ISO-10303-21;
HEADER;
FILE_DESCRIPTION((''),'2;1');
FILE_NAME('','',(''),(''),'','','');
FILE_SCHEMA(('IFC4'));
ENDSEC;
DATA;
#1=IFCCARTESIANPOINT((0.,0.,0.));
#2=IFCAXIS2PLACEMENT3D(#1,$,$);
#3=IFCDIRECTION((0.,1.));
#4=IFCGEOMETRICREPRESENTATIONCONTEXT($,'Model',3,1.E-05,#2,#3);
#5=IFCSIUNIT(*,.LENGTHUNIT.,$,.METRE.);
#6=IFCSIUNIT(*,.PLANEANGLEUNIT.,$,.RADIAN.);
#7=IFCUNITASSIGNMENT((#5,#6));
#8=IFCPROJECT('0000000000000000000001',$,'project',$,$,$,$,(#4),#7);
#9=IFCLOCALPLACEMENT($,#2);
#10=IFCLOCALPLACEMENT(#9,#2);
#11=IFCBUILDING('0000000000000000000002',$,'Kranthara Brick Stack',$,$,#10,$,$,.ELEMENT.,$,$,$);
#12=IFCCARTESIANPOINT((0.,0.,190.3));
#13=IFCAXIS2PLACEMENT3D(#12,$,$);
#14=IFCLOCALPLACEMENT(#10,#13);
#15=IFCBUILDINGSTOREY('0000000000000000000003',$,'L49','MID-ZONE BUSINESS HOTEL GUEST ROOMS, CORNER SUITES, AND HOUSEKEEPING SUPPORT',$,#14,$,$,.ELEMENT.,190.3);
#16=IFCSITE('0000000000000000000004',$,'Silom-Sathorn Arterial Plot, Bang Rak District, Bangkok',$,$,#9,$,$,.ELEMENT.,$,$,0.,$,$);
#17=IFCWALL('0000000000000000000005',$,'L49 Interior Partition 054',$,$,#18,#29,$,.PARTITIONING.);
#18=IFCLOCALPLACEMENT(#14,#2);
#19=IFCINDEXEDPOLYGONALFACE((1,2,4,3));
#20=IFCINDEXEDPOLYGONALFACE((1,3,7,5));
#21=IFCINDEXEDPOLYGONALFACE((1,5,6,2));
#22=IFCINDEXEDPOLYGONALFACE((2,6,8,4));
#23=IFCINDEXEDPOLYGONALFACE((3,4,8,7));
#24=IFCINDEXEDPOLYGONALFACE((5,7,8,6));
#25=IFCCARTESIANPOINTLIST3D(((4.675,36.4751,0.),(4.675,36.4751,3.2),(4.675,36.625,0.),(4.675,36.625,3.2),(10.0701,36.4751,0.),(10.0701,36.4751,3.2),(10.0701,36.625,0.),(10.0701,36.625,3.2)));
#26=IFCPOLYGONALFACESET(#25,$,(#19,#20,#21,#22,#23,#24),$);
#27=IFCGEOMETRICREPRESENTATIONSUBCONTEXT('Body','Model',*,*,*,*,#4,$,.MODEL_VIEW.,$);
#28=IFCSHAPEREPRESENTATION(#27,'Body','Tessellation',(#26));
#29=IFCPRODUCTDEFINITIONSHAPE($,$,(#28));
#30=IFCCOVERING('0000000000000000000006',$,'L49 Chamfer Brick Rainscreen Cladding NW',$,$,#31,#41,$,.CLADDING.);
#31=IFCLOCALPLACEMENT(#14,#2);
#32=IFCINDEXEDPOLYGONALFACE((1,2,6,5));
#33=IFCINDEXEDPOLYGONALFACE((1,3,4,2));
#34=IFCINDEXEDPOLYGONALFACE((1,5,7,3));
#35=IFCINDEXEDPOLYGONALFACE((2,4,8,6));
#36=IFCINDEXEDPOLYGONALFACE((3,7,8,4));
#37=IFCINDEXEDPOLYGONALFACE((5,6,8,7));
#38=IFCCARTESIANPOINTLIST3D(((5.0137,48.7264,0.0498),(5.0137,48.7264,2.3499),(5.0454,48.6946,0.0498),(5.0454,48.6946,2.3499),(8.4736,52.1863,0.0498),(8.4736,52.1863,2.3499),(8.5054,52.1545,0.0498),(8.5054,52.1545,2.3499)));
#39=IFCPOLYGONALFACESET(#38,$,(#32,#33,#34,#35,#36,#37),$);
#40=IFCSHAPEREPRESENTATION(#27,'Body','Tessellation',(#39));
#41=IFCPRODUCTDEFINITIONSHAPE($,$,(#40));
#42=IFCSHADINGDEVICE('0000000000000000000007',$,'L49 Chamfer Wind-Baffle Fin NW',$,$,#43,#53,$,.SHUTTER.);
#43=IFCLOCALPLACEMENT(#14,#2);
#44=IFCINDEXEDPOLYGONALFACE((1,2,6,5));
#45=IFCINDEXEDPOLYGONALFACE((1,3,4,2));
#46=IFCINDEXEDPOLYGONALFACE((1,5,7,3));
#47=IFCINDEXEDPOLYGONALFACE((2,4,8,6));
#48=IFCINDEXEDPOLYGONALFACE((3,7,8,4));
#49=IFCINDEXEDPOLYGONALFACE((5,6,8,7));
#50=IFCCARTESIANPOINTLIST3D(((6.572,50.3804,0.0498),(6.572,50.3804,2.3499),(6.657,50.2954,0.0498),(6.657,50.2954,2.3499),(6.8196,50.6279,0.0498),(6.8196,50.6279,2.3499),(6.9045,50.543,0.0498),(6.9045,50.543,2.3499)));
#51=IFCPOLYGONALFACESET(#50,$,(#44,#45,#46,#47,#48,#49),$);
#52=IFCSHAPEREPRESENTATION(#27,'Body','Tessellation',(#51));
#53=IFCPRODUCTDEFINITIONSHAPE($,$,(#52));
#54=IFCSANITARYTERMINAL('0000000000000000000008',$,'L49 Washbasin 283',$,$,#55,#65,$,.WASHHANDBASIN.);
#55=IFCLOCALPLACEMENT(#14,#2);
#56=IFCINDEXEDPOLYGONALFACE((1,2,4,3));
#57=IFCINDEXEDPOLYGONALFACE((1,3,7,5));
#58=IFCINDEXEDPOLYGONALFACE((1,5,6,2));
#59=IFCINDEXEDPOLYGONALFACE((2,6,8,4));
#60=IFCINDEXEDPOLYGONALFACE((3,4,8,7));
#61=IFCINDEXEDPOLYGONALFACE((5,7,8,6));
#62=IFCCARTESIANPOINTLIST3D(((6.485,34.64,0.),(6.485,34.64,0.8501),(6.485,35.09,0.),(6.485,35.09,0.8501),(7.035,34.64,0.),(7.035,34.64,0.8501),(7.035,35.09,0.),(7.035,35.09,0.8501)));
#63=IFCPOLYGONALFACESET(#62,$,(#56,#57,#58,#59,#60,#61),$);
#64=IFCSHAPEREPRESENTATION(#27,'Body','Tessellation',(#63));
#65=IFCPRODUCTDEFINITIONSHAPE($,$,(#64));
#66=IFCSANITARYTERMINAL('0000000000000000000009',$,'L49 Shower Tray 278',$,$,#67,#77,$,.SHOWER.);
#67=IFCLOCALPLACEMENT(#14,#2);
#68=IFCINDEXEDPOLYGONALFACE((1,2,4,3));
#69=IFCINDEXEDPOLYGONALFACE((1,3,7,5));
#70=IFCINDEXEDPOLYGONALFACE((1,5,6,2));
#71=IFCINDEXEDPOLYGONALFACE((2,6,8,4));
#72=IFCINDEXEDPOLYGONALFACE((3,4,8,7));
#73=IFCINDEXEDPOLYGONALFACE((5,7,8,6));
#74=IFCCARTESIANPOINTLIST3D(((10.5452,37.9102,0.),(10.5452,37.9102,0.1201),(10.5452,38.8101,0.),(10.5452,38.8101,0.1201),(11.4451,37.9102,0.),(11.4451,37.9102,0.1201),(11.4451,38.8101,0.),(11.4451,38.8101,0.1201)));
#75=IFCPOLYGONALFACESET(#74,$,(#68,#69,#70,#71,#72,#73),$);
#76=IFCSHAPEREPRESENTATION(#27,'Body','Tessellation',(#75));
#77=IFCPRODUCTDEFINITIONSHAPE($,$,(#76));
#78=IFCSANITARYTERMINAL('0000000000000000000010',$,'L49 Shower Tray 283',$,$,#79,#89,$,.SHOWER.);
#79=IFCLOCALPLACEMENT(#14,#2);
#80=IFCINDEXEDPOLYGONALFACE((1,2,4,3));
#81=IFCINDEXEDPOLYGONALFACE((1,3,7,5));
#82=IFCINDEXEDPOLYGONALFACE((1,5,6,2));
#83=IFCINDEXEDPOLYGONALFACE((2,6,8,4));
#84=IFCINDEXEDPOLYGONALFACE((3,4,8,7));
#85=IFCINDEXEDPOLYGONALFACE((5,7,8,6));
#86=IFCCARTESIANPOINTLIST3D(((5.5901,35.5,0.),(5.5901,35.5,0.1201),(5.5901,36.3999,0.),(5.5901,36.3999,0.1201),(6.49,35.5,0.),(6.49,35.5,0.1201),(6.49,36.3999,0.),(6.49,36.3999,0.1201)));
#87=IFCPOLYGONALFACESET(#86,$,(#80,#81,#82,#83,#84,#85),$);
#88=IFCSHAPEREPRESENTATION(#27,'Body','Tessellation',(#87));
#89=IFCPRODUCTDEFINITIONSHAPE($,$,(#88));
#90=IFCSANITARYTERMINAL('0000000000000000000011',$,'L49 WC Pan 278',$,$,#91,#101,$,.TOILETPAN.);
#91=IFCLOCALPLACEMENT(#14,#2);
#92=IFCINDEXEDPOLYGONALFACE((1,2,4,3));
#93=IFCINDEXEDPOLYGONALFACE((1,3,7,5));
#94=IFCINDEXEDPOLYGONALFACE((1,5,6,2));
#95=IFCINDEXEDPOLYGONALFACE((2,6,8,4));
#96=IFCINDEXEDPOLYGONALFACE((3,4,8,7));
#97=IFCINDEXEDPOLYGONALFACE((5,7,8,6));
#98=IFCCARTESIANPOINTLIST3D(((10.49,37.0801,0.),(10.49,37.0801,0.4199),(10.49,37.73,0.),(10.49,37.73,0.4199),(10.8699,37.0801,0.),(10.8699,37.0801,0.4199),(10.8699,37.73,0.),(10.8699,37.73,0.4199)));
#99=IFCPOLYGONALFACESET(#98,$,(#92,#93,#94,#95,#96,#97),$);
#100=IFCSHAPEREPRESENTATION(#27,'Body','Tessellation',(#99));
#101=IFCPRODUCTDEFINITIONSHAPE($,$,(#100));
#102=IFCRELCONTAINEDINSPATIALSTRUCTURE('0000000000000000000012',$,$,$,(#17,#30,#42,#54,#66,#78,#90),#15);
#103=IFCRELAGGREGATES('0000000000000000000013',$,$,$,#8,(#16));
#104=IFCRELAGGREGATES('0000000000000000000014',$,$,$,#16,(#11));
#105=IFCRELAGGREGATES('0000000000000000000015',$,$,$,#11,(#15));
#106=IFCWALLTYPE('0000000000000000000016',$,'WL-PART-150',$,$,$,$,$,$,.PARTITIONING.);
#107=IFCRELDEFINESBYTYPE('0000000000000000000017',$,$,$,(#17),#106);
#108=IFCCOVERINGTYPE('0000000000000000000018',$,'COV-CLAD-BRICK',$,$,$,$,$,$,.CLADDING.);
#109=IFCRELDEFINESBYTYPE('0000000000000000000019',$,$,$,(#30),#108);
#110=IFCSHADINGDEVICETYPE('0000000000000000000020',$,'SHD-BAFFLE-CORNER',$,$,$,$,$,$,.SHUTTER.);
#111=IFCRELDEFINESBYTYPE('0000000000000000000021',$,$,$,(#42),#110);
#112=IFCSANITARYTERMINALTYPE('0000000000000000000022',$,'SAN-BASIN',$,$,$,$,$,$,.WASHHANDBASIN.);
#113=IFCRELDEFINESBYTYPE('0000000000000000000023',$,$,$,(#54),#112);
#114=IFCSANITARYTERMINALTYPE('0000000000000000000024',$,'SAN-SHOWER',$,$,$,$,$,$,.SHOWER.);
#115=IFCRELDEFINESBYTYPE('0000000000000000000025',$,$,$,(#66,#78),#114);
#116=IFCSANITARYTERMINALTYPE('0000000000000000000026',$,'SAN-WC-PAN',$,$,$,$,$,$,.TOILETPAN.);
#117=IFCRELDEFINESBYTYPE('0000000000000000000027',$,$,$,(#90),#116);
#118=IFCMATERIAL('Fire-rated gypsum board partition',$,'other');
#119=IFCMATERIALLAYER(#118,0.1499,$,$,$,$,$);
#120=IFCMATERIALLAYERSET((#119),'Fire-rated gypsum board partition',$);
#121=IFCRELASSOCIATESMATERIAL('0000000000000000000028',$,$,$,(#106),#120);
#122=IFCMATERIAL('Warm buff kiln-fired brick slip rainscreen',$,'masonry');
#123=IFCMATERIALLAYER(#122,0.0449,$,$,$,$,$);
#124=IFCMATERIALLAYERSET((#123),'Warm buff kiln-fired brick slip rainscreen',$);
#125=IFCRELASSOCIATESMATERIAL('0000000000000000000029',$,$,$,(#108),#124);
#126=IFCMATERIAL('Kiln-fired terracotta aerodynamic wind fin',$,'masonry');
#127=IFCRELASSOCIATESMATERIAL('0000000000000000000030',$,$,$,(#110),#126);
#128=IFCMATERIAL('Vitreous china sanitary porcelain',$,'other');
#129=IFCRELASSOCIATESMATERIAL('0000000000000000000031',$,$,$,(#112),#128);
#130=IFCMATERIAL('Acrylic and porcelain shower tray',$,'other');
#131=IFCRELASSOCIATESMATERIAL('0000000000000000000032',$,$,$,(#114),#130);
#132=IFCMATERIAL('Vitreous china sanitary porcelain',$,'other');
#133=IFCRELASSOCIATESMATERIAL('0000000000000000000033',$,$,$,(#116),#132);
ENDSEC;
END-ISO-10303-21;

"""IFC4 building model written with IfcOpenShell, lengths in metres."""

from ifc_helpers import new_model, si_unit, direction, frame, frame_2d, origin, origin_2d, place, context, subcontext, project, spatial, rectangle, extrude, material, layer, layer_set, type_object, element, save


model = new_model("IFC4")

# Units and contexts
model_context = context("Model", 3, precision=1e-05, world=origin(), true_north=direction((0.0, 1.0)))
body_context = subcontext(model_context, "Body", "Model", "MODEL_VIEW")
ifc_project = project(units=[si_unit("LENGTHUNIT", "METRE"), si_unit("PLANEANGLEUNIT", "RADIAN")], contexts=[model_context])

# Site, building, storey
site_placement = place(None, origin())
site = spatial("IfcSite", under=ifc_project, at=site_placement, Name="Silom-Sathorn Arterial Plot, Bang Rak District, Bangkok", CompositionType="ELEMENT", RefElevation=0.0)
building_placement = place(site_placement, origin())
building = spatial("IfcBuilding", under=site, at=building_placement, Name="Kranthara Brick Stack", CompositionType="ELEMENT")
storey_placement = place(building_placement, frame((0.0, 0.0, 190.3)))
storey = spatial("IfcBuildingStorey", under=building, at=storey_placement, Name="L49", Description="MID-ZONE BUSINESS HOTEL GUEST ROOMS, CORNER SUITES, AND HOUSEKEEPING SUPPORT", CompositionType="ELEMENT", Elevation=190.3)

# Wall
ifc_material_1 = material(Name="Fire-rated gypsum board partition", Category="other")
ifc_layer_1 = layer(ifc_material_1, 0.1499)
ifc_layer_set_1 = layer_set([ifc_layer_1], Name="Fire-rated gypsum board partition")
wall_type_1 = type_object("IfcWallType", Name="WL-PART-150", PredefinedType="PARTITIONING", material=ifc_layer_set_1)
wall_1_placement = place(storey_placement, frame((4.675, 36.55, 0.0), z_axis=(0.0, 0.0, 1.0), x_axis=(1.0, 0.0, 0.0)))
element("IfcWall", 1, at=wall_1_placement, inside=storey, type_object=wall_type_1, Name="L49 Interior Partition 054", PredefinedType="PARTITIONING", context=body_context, shape_type="SweptSolid", body=[
    extrude(rectangle(XDim=5.395, YDim=0.1499, at=frame_2d((2.6975, 0.0))), origin(), (0.0, 0.0, 1.0), 3.2),
])

# Covering
ifc_material_2 = material(Name="Warm buff kiln-fired brick slip rainscreen", Category="masonry")
ifc_layer_2 = layer(ifc_material_2, 0.0449)
ifc_layer_set_2 = layer_set([ifc_layer_2], Name="Warm buff kiln-fired brick slip rainscreen")
covering_type = type_object("IfcCoveringType", Name="COV-CLAD-BRICK", PredefinedType="CLADDING", material=ifc_layer_set_2)
covering_placement = place(storey_placement, frame((6.7595, 50.4404, 0.0498), z_axis=(0.0, 0.0, 1.0), x_axis=(0.707107, 0.707107, 0.0)))
element("IfcCovering", 2, at=covering_placement, inside=storey, type_object=covering_type, Name="L49 Chamfer Brick Rainscreen Cladding NW", PredefinedType="CLADDING", context=body_context, shape_type="SweptSolid", body=[
    extrude(rectangle(XDim=4.8931, YDim=0.0449, at=origin_2d()), origin(), (0.0, 0.0, 1.0), 2.3),
])

# Shading device
ifc_material_3 = material(Name="Kiln-fired terracotta aerodynamic wind fin", Category="masonry")
shading_device_type = type_object("IfcShadingDeviceType", Name="SHD-BAFFLE-CORNER", PredefinedType="SHUTTER", material=ifc_material_3)
shading_device_placement = place(storey_placement, frame((6.7383, 50.4617, 0.0498), z_axis=(0.0, 0.0, 1.0), x_axis=(0.707107, 0.707107, 0.0)))
element("IfcShadingDevice", 3, at=shading_device_placement, inside=storey, type_object=shading_device_type, Name="L49 Chamfer Wind-Baffle Fin NW", PredefinedType="SHUTTER", context=body_context, shape_type="SweptSolid", body=[
    extrude(rectangle(XDim=0.3501, YDim=0.1201, at=origin_2d()), origin(), (0.0, 0.0, 1.0), 2.3),
])

# Sanitary terminals
ifc_material_4 = material(Name="Vitreous china sanitary porcelain", Category="other")
sanitary_terminal_type_1 = type_object("IfcSanitaryTerminalType", Name="SAN-BASIN", PredefinedType="WASHHANDBASIN", material=ifc_material_4)
sanitary_terminal_1_placement = place(storey_placement, frame((6.76, 34.865, 0.0), z_axis=(0.0, 0.0, 1.0), x_axis=(1.0, 0.0, 0.0)))
element("IfcSanitaryTerminal", 4, at=sanitary_terminal_1_placement, inside=storey, type_object=sanitary_terminal_type_1, Name="L49 Washbasin 283", PredefinedType="WASHHANDBASIN", context=body_context, shape_type="SweptSolid", body=[
    extrude(rectangle(XDim=0.55, YDim=0.45, at=origin_2d()), origin(), (0.0, 0.0, 1.0), 0.8501),
])
ifc_material_5 = material(Name="Acrylic and porcelain shower tray", Category="other")
sanitary_terminal_type_2 = type_object("IfcSanitaryTerminalType", Name="SAN-SHOWER", PredefinedType="SHOWER", material=ifc_material_5)
for number, where, z_axis, x_axis, name in (
    (5, (10.9951, 38.3601, 0.0), (0.0, 0.0, 1.0), (1.0, 0.0, 0.0), "L49 Shower Tray 278"),
    (6, (6.04, 35.95, 0.0), (0.0, 0.0, 1.0), (1.0, 0.0, 0.0), "L49 Shower Tray 283"),
):
    element("IfcSanitaryTerminal", number, at=place(storey_placement, frame(where, z_axis=z_axis, x_axis=x_axis)), inside=storey, type_object=sanitary_terminal_type_2, Name=name, PredefinedType="SHOWER", context=body_context, shape_type="SweptSolid", body=[
        extrude(rectangle(XDim=0.8999, YDim=0.8999, at=origin_2d()), origin(), (0.0, 0.0, 1.0), 0.1201),
    ])
ifc_material_6 = material(Name="Vitreous china sanitary porcelain", Category="other")
sanitary_terminal_type_3 = type_object("IfcSanitaryTerminalType", Name="SAN-WC-PAN", PredefinedType="TOILETPAN", material=ifc_material_6)
sanitary_terminal_2_placement = place(storey_placement, frame((10.6799, 37.405, 0.0), z_axis=(0.0, 0.0, 1.0), x_axis=(1.0, 0.0, 0.0)))
element("IfcSanitaryTerminal", 7, at=sanitary_terminal_2_placement, inside=storey, type_object=sanitary_terminal_type_3, Name="L49 WC Pan 278", PredefinedType="TOILETPAN", context=body_context, shape_type="SweptSolid", body=[
    extrude(rectangle(XDim=0.3799, YDim=0.6499, at=origin_2d()), origin(), (0.0, 0.0, 1.0), 0.4199),
])

save(model, "model.ifc")
